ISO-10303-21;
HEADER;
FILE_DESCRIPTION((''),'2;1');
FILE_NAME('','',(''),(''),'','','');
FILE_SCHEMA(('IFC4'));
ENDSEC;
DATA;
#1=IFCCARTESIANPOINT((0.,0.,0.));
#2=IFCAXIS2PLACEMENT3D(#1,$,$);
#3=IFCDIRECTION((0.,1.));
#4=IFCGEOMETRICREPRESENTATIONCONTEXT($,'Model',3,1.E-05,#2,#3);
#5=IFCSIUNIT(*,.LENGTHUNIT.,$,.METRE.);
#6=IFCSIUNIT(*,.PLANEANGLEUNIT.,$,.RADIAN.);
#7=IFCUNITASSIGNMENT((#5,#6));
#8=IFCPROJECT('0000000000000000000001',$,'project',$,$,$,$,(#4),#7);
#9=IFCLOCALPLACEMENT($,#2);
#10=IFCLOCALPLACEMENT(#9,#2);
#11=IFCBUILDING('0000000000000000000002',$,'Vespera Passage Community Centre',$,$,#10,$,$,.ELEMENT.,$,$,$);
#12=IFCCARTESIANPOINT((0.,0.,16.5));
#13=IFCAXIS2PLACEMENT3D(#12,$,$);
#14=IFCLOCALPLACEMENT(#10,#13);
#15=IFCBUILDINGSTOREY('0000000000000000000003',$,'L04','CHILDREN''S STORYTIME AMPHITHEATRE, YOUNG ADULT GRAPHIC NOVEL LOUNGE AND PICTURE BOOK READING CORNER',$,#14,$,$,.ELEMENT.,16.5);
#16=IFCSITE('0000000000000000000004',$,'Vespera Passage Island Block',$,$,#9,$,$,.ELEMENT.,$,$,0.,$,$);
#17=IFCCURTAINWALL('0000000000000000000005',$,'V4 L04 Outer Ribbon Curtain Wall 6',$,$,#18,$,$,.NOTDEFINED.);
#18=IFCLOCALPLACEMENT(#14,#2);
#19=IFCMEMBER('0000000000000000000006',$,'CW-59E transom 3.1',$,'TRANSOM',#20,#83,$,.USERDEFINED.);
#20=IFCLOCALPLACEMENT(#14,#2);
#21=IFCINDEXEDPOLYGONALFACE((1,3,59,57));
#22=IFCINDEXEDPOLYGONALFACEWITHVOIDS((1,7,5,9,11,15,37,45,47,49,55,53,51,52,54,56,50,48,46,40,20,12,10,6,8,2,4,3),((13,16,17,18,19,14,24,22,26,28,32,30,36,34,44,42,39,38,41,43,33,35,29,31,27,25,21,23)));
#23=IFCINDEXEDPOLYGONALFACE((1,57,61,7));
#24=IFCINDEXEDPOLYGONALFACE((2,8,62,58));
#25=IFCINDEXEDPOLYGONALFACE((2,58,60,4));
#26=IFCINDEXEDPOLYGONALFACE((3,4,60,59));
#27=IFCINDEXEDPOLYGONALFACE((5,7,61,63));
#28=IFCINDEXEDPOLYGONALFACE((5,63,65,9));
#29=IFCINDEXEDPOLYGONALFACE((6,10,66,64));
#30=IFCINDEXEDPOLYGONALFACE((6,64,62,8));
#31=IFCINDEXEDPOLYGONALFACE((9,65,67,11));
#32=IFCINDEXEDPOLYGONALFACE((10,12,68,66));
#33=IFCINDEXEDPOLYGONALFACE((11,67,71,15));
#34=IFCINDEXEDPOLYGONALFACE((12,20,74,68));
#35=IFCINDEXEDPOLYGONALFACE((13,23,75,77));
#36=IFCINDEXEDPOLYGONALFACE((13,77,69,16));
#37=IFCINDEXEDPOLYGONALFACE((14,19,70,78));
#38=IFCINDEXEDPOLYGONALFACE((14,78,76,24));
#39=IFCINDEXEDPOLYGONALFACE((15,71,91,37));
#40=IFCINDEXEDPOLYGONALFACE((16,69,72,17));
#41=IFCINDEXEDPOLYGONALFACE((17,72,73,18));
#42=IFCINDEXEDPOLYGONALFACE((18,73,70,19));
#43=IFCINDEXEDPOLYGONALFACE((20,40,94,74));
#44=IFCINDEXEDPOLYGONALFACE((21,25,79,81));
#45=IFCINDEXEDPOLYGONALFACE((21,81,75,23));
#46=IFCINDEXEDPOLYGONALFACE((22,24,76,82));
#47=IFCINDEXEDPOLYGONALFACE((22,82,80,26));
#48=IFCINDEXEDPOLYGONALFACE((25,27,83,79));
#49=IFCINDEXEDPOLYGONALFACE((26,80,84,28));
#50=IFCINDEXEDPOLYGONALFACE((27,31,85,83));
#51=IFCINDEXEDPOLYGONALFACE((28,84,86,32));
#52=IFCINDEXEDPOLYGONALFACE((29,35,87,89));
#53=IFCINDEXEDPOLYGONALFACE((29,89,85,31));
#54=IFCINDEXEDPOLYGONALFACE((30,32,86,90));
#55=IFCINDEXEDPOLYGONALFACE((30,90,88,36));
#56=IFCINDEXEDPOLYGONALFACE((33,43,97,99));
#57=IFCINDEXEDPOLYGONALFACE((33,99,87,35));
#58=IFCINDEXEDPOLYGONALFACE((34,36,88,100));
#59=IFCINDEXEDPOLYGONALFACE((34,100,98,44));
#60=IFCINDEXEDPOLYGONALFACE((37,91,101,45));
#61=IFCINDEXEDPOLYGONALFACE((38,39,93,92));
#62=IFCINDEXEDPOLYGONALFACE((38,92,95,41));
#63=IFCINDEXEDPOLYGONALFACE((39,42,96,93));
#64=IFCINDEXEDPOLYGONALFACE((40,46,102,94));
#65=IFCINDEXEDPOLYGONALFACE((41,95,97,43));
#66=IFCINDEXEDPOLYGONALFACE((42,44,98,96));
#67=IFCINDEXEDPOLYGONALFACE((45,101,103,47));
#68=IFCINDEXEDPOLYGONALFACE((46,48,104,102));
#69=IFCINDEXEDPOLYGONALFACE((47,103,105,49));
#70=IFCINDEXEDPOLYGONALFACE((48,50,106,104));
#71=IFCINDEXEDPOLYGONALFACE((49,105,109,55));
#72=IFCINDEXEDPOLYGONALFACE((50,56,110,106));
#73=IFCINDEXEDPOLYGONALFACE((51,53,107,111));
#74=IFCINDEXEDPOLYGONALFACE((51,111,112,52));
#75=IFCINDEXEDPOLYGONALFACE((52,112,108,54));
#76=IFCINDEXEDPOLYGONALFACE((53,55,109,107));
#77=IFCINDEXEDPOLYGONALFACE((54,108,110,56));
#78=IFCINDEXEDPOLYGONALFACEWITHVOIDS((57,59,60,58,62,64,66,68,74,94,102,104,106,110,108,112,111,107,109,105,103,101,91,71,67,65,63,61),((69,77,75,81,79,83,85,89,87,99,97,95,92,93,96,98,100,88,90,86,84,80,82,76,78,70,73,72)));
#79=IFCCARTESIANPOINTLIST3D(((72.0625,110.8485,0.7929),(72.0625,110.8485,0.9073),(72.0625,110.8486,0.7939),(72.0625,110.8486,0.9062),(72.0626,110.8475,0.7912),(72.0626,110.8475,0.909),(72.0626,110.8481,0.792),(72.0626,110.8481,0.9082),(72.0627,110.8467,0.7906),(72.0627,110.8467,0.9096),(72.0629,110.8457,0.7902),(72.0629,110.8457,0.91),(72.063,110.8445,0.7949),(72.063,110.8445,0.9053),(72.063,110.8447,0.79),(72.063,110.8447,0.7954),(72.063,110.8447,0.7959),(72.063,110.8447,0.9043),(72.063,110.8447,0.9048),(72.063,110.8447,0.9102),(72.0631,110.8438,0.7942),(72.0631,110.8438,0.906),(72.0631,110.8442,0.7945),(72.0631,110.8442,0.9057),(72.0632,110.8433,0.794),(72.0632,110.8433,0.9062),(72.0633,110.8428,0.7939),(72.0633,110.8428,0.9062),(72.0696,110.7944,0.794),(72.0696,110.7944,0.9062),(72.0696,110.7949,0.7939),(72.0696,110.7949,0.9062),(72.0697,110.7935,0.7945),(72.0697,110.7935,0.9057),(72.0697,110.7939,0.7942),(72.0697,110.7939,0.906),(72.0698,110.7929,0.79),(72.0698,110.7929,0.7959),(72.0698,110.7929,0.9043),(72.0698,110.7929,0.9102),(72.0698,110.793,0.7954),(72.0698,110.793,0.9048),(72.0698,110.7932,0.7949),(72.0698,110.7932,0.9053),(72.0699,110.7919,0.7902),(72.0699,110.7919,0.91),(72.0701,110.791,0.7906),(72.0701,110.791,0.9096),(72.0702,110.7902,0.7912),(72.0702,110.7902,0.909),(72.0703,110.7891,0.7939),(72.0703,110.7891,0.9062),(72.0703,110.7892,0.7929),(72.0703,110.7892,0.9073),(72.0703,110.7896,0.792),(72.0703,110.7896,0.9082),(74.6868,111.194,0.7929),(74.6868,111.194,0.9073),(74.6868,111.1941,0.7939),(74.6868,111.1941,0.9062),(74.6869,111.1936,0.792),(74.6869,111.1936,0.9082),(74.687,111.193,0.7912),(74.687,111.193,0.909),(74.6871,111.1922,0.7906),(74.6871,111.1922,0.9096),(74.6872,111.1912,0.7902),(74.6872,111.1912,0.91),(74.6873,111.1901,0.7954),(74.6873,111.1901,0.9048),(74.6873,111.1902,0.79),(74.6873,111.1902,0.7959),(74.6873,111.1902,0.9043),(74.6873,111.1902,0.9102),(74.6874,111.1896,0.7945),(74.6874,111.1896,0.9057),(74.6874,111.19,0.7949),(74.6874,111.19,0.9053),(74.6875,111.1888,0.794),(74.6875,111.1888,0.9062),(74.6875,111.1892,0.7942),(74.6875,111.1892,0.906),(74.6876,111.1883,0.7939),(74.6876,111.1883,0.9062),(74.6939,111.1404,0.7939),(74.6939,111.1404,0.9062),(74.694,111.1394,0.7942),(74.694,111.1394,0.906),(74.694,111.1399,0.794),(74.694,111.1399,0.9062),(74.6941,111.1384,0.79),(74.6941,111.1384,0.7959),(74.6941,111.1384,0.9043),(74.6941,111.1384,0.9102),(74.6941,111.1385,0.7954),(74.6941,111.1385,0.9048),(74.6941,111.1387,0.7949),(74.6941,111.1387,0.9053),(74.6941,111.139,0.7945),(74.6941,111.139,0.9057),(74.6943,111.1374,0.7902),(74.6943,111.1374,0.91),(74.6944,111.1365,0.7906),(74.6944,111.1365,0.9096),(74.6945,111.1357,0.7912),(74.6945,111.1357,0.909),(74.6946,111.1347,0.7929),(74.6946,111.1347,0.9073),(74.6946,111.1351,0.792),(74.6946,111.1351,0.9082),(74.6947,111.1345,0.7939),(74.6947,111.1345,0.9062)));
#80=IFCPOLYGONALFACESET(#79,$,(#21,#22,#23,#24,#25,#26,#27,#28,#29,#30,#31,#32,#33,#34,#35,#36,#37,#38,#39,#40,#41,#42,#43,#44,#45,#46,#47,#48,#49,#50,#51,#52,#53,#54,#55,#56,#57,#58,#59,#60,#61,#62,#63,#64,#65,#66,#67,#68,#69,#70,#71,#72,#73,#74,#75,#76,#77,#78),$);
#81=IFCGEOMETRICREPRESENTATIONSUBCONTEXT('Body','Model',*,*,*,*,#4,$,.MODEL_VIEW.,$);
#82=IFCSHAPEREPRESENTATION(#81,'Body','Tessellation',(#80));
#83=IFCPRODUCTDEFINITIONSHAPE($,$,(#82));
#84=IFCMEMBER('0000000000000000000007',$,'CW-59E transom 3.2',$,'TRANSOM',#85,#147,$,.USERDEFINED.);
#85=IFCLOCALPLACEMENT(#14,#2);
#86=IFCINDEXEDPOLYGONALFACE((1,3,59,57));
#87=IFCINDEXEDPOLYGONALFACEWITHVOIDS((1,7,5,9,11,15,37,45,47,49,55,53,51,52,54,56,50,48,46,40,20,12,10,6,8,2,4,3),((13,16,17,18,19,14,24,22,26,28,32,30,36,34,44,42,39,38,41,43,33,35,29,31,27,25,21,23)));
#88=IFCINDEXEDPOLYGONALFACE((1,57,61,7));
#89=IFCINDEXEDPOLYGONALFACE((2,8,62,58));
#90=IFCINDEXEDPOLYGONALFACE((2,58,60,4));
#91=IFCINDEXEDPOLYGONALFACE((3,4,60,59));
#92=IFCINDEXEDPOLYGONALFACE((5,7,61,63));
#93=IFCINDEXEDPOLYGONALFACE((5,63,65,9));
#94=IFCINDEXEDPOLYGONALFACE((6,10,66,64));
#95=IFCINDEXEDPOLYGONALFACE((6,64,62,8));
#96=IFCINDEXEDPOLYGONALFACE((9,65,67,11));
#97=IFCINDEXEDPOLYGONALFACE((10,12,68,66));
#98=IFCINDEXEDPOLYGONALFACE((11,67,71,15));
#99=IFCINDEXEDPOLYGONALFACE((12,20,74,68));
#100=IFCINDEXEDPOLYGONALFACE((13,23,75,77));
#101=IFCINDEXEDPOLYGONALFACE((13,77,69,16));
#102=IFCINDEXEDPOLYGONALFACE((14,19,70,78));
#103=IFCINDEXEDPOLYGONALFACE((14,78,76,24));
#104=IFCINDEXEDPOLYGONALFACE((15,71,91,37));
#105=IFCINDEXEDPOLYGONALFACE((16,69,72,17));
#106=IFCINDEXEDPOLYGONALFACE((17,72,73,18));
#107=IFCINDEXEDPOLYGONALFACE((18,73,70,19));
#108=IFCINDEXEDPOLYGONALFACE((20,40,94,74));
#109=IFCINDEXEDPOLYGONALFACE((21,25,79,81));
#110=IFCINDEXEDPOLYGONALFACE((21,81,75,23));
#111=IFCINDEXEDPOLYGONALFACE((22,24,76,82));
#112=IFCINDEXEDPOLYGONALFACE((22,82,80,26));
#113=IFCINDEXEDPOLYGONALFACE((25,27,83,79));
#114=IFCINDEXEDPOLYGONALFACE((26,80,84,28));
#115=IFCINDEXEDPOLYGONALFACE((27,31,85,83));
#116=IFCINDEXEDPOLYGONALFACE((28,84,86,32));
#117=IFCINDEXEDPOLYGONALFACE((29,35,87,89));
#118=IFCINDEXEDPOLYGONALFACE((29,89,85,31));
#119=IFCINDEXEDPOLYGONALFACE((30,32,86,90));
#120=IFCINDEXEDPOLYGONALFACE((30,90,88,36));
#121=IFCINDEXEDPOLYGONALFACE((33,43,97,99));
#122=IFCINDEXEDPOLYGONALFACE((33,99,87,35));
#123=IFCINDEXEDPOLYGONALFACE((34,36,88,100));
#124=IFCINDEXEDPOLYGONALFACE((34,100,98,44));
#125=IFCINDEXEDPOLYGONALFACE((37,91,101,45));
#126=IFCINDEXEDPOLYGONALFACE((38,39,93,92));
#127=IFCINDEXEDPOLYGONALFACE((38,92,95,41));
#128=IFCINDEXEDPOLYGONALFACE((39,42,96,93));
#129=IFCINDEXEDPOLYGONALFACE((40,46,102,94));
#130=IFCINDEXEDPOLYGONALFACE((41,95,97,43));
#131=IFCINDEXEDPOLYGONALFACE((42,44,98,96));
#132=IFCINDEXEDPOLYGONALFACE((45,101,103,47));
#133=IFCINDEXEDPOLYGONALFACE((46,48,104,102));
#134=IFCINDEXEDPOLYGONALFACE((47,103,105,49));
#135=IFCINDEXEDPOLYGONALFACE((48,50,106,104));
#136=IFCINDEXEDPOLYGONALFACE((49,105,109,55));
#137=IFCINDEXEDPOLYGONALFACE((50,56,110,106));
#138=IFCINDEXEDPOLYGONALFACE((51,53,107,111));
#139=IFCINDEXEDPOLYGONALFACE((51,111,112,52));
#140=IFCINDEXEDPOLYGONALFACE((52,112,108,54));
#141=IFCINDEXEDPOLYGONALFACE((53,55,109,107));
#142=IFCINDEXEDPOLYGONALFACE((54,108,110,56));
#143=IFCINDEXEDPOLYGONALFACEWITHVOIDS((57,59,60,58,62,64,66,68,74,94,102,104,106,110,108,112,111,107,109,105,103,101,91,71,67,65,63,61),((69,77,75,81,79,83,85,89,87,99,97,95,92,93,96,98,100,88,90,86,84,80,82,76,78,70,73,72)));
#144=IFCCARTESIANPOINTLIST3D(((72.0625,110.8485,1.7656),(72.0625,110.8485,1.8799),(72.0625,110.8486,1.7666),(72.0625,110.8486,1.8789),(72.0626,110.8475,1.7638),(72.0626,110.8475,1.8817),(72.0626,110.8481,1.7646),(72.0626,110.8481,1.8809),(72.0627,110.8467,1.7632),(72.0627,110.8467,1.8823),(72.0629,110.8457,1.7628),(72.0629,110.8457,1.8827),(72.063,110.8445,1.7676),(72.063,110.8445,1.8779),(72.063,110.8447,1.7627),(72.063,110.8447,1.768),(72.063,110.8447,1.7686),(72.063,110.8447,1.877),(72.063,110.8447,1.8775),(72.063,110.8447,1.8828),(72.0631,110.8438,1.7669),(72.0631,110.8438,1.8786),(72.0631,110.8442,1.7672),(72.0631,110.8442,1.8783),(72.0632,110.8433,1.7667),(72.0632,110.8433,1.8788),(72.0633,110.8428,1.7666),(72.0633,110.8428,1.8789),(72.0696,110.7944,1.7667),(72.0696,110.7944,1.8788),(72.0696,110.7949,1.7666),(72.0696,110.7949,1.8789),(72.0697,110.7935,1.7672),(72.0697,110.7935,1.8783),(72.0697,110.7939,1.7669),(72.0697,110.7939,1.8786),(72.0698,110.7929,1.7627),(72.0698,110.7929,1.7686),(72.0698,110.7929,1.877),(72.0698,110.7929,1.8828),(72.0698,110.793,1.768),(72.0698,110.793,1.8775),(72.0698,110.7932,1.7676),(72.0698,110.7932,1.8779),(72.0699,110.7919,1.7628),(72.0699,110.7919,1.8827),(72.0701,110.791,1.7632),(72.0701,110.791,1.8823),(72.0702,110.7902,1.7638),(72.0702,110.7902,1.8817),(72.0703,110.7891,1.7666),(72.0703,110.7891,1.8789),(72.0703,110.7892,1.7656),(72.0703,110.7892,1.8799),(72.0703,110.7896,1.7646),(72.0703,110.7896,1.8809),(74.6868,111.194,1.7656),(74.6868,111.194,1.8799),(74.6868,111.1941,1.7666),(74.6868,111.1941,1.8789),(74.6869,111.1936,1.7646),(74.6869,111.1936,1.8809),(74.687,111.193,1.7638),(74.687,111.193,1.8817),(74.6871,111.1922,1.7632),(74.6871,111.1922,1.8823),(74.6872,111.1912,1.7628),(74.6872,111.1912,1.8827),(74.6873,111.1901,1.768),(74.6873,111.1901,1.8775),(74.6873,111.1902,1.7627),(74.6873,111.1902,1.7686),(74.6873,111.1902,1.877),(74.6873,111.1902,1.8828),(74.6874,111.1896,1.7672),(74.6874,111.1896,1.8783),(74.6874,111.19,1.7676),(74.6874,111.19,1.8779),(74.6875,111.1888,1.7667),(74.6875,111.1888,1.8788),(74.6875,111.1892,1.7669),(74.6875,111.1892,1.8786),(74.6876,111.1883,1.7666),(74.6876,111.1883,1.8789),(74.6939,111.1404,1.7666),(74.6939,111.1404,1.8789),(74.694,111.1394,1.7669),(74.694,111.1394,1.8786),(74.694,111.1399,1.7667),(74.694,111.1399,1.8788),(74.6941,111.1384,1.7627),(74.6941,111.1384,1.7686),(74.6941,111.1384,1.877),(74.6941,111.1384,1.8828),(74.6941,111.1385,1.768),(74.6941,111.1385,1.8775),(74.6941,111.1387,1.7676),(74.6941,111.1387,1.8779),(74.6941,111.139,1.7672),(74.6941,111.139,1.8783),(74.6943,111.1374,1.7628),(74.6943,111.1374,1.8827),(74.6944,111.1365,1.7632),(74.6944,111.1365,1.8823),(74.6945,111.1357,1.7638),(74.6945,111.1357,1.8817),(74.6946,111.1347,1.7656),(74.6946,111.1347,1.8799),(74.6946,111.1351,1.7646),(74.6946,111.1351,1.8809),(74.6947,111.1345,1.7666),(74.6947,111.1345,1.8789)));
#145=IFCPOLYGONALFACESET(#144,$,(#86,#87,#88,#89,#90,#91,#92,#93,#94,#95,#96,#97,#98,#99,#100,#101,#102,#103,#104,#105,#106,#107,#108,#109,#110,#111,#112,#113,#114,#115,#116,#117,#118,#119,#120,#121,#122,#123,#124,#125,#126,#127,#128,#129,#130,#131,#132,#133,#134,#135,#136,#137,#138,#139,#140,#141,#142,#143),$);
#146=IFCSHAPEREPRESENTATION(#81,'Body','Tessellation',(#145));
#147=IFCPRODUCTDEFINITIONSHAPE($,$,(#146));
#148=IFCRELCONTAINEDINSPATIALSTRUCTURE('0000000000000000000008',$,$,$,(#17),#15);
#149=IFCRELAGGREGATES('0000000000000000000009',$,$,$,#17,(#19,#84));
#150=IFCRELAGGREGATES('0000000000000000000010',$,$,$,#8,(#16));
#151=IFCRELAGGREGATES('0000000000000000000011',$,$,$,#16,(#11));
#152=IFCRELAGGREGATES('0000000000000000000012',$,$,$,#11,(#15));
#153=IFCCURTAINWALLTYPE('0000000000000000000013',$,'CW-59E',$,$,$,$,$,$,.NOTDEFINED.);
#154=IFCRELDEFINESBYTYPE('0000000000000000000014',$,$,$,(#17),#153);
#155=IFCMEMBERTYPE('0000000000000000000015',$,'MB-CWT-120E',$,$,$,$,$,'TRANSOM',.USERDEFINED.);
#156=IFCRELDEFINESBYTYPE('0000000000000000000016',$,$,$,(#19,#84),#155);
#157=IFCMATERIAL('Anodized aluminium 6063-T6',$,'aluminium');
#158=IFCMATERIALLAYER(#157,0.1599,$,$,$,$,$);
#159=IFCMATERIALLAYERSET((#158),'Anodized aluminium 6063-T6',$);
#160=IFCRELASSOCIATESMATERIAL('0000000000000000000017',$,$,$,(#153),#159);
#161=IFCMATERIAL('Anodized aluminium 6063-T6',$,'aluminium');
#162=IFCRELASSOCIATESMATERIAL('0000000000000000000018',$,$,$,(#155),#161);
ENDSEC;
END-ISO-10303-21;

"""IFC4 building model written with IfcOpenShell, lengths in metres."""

from ifc_helpers import new_model, si_unit, direction, frame, origin, origin_2d, place, context, subcontext, project, spatial, hollow_rectangle, extrude, material, layer, layer_set, material_profile, profile_set, type_object, element, aggregate, save


model = new_model("IFC4")

# Units and contexts
model_context = context("Model", 3, precision=1e-05, world=origin(), true_north=direction((0.0, 1.0)))
body_context = subcontext(model_context, "Body", "Model", "MODEL_VIEW")
ifc_project = project(units=[si_unit("LENGTHUNIT", "METRE"), si_unit("PLANEANGLEUNIT", "RADIAN")], contexts=[model_context])

# Site, building, storey
site_placement = place(None, origin())
site = spatial("IfcSite", under=ifc_project, at=site_placement, Name="Vespera Passage Island Block", CompositionType="ELEMENT", RefElevation=0.0)
building_placement = place(site_placement, origin())
building = spatial("IfcBuilding", under=site, at=building_placement, Name="Vespera Passage Community Centre", CompositionType="ELEMENT")
storey_placement = place(building_placement, frame((0.0, 0.0, 16.5)))
storey = spatial("IfcBuildingStorey", under=building, at=storey_placement, Name="L04", Description="CHILDREN'S STORYTIME AMPHITHEATRE, YOUNG ADULT GRAPHIC NOVEL LOUNGE AND PICTURE BOOK READING CORNER", CompositionType="ELEMENT", Elevation=16.5)

# Curtain wall, members
ifc_material_1 = material(Name="Anodized aluminium 6063-T6", Category="aluminium")
ifc_layer_1 = layer(ifc_material_1, 0.1599)
ifc_layer_set_1 = layer_set([ifc_layer_1], Name="Anodized aluminium 6063-T6")
curtain_wall_type = type_object("IfcCurtainWallType", Name="CW-59E", PredefinedType="NOTDEFINED", material=ifc_layer_set_1)
curtain_wall_placement = place(storey_placement, origin())
curtain_wall = element("IfcCurtainWall", 1, at=curtain_wall_placement, inside=storey, type_object=curtain_wall_type, Name="V4 L04 Outer Ribbon Curtain Wall 6", PredefinedType="NOTDEFINED")
ifc_material_2 = material(Name="Anodized aluminium 6063-T6", Category="aluminium")
ifc_material_profile_1 = material_profile(ifc_material_2, hollow_rectangle(XDim=0.0601, YDim=0.1201, WallThickness=0.0039, InnerFilletRadius=0.002, OuterFilletRadius=0.0039, at=origin_2d()), Name="ALU120X60X4")
ifc_profile_set_1 = profile_set([ifc_material_profile_1], Name="Anodized aluminium 6063-T6")
member_type_1 = type_object("IfcMemberType", Name="MB-CWT-120E", ElementType="TRANSOM", PredefinedType="USERDEFINED", material=ifc_profile_set_1)
member_1_placement = place(storey_placement, frame((72.0664, 110.8188, 0.8501), z_axis=(0.991446, 0.130514, 0.0), x_axis=(-0.130514, 0.991446, 0.0)))
member_1 = element("IfcMember", 2, at=member_1_placement, type_object=member_type_1, Name="CW-59E transom 3.1", ObjectType="TRANSOM", PredefinedType="USERDEFINED", context=body_context, shape_type="SweptSolid", body=[
    extrude(hollow_rectangle(XDim=0.0601, YDim=0.1201, WallThickness=0.0039, InnerFilletRadius=0.002, OuterFilletRadius=0.0039, at=origin_2d()), origin(), (0.0, 0.0, 1.0), 2.647),
])
member_2_placement = place(storey_placement, frame((72.0664, 110.8188, 1.8228), z_axis=(0.991446, 0.130514, 0.0), x_axis=(-0.130514, 0.991446, 0.0)))
member_2 = element("IfcMember", 3, at=member_2_placement, type_object=member_type_1, Name="CW-59E transom 3.2", ObjectType="TRANSOM", PredefinedType="USERDEFINED", context=body_context, shape_type="SweptSolid", body=[
    extrude(hollow_rectangle(XDim=0.0601, YDim=0.1201, WallThickness=0.0039, InnerFilletRadius=0.002, OuterFilletRadius=0.0039, at=origin_2d()), origin(), (0.0, 0.0, 1.0), 2.647),
])
aggregate(curtain_wall, [member_1, member_2])

save(model, "model.ifc")
